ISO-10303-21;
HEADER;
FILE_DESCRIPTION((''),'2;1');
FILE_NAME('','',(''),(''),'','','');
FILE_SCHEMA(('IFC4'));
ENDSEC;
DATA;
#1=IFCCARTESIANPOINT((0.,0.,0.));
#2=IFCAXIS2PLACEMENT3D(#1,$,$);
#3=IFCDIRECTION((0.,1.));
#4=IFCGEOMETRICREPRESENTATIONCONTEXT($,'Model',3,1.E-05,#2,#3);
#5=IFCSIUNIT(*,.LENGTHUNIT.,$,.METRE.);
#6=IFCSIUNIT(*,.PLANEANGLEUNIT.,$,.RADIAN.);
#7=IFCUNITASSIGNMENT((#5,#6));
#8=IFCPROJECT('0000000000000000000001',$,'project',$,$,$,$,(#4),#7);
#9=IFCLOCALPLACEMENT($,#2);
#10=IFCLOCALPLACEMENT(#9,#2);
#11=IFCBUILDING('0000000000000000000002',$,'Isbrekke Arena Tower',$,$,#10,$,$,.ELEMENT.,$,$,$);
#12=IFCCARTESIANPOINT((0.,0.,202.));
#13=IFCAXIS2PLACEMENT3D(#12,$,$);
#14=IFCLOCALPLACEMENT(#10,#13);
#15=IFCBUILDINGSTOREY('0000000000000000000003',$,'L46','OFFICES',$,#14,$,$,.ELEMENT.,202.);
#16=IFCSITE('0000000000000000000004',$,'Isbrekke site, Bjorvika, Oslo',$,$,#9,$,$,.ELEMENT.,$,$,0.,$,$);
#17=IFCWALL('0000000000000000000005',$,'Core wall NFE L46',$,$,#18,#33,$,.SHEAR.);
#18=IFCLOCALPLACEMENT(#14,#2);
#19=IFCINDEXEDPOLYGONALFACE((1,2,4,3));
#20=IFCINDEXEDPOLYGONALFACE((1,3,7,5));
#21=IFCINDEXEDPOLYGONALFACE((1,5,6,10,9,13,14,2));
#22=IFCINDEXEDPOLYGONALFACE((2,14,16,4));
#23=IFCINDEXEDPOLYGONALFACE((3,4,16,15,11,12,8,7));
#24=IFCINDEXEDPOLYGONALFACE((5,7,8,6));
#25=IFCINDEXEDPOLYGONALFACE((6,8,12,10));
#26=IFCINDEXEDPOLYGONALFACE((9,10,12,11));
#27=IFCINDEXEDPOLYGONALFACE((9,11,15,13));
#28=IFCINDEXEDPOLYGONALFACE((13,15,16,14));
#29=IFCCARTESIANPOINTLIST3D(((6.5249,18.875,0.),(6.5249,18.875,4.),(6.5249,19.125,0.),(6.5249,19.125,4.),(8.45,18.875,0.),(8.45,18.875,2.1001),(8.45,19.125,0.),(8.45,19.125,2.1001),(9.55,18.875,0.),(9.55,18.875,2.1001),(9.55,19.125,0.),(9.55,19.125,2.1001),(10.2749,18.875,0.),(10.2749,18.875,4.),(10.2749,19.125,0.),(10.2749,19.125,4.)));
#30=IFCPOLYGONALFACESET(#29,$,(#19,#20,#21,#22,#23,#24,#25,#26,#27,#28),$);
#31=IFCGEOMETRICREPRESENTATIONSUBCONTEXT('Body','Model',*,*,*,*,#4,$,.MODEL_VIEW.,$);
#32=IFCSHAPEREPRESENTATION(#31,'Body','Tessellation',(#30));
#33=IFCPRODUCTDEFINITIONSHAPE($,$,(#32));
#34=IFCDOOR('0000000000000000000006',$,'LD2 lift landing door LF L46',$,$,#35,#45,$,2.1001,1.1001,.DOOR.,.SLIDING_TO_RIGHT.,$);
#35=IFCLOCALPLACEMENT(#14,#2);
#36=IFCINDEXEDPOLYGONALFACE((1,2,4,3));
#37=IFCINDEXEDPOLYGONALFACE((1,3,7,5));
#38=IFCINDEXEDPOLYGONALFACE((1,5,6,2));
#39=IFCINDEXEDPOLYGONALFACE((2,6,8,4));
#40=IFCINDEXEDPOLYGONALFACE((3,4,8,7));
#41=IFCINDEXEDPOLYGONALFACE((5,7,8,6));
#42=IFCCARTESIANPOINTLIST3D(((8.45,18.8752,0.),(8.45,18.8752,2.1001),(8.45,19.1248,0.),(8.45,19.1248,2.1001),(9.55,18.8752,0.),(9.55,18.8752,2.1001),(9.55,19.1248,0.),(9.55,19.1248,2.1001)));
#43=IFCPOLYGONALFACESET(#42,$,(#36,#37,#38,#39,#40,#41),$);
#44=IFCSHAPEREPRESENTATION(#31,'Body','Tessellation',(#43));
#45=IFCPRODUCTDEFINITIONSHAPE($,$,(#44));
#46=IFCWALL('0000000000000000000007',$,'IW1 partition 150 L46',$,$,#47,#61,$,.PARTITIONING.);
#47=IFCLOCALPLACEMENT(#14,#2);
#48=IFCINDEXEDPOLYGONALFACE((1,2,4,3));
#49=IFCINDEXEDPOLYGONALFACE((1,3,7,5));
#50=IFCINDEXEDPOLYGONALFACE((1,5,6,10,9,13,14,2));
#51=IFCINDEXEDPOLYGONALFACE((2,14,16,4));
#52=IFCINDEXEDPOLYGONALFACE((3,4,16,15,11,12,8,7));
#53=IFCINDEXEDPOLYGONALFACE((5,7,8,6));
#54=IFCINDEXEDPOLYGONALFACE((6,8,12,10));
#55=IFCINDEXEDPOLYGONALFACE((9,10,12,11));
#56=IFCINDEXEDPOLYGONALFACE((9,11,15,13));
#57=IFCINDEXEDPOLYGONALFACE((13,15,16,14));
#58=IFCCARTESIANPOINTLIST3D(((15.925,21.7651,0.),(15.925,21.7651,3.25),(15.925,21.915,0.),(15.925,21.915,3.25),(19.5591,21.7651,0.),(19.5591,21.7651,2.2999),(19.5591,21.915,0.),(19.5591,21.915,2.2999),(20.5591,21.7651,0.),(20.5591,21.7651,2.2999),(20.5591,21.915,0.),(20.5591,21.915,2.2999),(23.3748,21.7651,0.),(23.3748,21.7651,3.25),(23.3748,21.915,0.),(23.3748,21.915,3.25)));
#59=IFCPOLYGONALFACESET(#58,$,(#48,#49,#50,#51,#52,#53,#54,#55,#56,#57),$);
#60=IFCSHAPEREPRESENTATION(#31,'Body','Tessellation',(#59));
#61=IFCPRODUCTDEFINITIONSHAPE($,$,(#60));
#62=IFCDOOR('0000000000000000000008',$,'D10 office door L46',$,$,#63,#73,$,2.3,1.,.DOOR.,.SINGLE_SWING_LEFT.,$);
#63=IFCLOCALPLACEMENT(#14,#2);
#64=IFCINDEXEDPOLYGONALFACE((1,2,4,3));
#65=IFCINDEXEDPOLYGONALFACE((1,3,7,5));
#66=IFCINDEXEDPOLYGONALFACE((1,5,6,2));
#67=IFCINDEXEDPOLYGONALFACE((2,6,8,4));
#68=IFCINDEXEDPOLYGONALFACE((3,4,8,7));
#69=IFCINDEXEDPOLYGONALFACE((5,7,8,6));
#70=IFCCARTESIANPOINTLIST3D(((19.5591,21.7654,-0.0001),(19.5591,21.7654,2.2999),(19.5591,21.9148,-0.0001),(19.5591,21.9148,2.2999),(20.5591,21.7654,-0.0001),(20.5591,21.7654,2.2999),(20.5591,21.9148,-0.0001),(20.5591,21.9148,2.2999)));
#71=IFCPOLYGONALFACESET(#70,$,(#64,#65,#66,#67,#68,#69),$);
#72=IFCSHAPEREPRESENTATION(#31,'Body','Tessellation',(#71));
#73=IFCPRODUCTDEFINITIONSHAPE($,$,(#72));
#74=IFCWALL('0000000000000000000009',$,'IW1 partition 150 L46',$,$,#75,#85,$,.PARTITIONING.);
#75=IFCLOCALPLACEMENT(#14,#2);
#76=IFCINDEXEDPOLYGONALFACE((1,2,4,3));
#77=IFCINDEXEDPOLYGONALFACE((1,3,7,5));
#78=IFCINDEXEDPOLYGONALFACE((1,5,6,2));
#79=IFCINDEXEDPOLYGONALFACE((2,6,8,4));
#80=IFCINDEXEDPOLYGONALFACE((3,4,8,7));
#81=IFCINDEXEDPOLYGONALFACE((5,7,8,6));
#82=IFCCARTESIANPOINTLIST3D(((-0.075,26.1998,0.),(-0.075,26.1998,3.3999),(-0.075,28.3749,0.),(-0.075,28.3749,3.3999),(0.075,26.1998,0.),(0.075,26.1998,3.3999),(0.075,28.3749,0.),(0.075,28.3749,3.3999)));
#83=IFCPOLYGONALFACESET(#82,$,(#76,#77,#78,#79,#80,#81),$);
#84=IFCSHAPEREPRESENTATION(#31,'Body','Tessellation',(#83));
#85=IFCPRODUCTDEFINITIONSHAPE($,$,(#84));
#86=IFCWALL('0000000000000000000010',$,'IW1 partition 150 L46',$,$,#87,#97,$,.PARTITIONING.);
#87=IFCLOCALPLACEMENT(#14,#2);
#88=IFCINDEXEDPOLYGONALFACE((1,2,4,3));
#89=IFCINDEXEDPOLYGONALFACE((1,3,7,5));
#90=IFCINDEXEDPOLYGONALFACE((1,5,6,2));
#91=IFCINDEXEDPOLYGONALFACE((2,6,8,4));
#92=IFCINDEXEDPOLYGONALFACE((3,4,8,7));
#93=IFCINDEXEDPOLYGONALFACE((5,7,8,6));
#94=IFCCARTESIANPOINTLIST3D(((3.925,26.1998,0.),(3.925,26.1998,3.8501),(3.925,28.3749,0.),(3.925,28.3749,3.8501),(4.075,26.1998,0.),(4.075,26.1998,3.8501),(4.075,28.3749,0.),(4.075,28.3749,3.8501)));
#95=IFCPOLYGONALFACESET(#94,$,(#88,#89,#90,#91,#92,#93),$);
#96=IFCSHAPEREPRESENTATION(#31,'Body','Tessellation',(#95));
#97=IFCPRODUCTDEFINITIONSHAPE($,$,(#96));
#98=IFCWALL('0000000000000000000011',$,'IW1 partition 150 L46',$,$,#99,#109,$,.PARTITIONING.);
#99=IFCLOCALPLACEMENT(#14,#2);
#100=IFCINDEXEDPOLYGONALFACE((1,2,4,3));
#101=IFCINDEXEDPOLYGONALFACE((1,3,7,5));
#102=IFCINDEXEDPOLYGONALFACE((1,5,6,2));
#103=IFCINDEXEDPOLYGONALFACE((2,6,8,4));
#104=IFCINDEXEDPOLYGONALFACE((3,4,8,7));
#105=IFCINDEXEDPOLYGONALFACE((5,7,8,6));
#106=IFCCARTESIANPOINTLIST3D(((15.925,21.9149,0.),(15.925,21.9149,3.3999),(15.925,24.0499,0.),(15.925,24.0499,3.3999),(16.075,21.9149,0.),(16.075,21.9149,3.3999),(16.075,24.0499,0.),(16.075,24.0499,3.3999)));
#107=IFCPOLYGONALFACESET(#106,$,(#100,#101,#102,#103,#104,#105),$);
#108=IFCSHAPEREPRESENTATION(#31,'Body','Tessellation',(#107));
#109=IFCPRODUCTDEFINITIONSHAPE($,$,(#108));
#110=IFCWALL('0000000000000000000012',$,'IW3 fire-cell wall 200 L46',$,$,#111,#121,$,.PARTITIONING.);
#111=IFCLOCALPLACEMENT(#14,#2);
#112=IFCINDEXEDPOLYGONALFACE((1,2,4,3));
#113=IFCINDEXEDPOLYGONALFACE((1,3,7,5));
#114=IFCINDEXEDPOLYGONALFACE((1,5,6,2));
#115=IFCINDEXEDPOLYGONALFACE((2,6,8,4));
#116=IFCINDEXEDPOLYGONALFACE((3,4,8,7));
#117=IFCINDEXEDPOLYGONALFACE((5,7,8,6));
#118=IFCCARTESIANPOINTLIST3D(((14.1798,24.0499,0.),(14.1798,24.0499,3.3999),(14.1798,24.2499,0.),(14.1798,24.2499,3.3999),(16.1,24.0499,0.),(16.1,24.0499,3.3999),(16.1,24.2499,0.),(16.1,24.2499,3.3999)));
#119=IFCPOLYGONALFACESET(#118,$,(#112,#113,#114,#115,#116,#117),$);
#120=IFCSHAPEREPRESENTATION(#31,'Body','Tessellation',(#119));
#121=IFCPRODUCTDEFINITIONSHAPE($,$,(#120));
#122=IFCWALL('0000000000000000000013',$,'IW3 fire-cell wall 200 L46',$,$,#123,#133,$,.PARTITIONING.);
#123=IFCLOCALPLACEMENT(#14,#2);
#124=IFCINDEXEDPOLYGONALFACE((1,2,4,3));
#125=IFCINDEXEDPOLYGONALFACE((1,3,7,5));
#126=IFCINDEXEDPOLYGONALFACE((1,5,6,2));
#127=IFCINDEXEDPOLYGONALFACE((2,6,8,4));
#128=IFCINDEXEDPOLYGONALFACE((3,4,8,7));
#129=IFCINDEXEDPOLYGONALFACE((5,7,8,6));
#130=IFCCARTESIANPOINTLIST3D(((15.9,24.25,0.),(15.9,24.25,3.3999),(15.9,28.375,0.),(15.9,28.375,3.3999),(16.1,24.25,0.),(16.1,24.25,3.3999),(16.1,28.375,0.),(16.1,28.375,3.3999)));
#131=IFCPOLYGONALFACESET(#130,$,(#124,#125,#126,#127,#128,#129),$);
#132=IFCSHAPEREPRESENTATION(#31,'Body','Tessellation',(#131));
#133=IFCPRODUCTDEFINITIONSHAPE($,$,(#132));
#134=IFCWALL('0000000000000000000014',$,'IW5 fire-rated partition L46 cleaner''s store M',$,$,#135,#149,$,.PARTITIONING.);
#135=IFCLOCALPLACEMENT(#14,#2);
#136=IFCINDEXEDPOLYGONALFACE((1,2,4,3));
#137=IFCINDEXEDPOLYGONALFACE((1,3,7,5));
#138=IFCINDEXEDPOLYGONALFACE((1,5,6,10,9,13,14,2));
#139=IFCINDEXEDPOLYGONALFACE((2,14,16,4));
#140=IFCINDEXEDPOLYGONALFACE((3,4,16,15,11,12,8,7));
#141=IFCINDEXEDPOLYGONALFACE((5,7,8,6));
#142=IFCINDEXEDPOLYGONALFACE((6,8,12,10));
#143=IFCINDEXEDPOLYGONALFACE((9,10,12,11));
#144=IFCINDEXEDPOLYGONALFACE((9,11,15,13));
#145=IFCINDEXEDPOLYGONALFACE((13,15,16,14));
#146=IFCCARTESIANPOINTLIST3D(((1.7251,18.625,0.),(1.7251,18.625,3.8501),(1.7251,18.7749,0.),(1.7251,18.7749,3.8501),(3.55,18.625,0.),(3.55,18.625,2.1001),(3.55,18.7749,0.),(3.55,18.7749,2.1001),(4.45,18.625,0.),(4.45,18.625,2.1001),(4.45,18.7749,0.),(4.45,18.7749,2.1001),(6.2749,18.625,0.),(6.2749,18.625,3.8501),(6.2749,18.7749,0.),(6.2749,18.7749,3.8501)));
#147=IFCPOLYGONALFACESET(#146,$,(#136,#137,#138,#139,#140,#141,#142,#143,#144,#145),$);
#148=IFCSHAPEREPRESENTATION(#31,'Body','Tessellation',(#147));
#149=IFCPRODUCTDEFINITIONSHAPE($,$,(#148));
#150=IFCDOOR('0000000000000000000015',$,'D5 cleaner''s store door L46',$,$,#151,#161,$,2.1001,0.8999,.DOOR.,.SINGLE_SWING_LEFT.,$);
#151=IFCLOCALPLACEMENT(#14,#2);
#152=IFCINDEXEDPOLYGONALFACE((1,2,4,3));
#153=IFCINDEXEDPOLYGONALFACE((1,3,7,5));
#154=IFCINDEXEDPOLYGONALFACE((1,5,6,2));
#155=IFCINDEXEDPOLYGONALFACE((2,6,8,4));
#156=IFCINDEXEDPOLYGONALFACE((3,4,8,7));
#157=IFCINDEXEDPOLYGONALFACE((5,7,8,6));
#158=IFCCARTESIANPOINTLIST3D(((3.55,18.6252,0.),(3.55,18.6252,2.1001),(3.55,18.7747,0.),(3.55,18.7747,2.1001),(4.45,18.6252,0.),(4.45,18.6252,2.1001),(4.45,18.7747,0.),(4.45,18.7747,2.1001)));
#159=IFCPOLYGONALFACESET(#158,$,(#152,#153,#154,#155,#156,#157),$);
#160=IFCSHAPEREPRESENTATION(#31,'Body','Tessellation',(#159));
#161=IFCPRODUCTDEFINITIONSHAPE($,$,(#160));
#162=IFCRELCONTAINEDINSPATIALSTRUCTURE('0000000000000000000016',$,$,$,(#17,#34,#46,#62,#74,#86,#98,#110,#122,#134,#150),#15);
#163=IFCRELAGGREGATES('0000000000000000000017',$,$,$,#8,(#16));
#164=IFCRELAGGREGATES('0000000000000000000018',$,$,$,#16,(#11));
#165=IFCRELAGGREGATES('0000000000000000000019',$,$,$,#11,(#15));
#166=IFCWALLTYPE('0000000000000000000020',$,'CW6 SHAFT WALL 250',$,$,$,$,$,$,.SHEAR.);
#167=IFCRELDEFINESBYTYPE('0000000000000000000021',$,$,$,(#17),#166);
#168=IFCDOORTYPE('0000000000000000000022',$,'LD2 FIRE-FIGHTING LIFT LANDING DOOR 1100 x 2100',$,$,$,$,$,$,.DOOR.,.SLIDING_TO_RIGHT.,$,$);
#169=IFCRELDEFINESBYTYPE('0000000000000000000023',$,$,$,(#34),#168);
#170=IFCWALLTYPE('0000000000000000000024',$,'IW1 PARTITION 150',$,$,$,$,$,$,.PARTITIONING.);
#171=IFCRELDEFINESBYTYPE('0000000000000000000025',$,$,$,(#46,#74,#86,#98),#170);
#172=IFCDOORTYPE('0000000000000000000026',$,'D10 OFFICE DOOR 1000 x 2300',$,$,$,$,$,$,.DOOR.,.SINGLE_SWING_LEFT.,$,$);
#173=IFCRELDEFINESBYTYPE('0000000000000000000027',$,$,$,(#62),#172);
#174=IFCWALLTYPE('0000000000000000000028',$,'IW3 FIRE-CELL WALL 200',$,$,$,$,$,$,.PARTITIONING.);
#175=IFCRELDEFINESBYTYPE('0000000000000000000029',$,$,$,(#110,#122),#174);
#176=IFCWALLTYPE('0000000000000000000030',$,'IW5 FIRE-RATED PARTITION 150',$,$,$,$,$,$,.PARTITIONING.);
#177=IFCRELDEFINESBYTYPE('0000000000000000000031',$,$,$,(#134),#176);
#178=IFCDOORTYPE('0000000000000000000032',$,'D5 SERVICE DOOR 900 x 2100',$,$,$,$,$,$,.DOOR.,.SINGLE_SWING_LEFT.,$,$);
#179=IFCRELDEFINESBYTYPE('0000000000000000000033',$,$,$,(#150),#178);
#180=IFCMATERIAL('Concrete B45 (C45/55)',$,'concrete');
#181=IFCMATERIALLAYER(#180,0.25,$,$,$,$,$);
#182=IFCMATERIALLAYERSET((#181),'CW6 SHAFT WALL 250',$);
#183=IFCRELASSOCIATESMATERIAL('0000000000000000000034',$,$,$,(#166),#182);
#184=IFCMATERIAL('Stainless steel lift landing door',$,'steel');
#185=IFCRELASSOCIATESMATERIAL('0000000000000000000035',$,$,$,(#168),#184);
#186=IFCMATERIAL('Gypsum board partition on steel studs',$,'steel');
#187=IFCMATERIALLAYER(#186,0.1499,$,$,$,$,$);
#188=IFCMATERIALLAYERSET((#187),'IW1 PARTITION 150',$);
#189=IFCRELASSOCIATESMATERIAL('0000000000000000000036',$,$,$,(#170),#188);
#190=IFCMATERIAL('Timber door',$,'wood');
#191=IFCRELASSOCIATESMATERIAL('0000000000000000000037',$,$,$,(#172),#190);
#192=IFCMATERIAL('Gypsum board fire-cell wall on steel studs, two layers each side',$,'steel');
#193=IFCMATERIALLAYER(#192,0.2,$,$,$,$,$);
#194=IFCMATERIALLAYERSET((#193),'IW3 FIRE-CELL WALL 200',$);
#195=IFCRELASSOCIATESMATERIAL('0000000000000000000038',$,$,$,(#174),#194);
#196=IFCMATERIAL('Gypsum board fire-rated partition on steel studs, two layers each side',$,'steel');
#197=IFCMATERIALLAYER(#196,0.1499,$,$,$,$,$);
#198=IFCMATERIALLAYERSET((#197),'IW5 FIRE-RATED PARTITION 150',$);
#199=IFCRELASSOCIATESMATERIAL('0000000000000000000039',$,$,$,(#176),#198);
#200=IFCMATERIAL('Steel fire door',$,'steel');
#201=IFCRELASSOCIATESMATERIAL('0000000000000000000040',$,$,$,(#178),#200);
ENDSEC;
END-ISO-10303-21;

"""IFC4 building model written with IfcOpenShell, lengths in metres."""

from ifc_helpers import new_model, si_unit, direction, frame, frame_2d, origin, place, context, subcontext, project, spatial, rectangle, extrude, material, layer, layer_set, type_object, element, fill, save


model = new_model("IFC4")

# Units and contexts
model_context = context("Model", 3, precision=1e-05, world=origin(), true_north=direction((0.0, 1.0)))
body_context = subcontext(model_context, "Body", "Model", "MODEL_VIEW")
ifc_project = project(units=[si_unit("LENGTHUNIT", "METRE"), si_unit("PLANEANGLEUNIT", "RADIAN")], contexts=[model_context])

# Site, building, storey
site_placement = place(None, origin())
site = spatial("IfcSite", under=ifc_project, at=site_placement, Name="Isbrekke site, Bjorvika, Oslo", CompositionType="ELEMENT", RefElevation=0.0)
building_placement = place(site_placement, origin())
building = spatial("IfcBuilding", under=site, at=building_placement, Name="Isbrekke Arena Tower", CompositionType="ELEMENT")
storey_placement = place(building_placement, frame((0.0, 0.0, 202.0)))
storey = spatial("IfcBuildingStorey", under=building, at=storey_placement, Name="L46", Description="OFFICES", CompositionType="ELEMENT", Elevation=202.0)

# Walls, openings, doors
ifc_material_1 = material(Name="Concrete B45 (C45/55)", Category="concrete")
ifc_layer_1 = layer(ifc_material_1, 0.25)
ifc_layer_set_1 = layer_set([ifc_layer_1], Name="CW6 SHAFT WALL 250")
wall_type_1 = type_object("IfcWallType", Name="CW6 SHAFT WALL 250", PredefinedType="SHEAR", material=ifc_layer_set_1)
wall_1_placement = place(storey_placement, frame((6.5249, 19.0, 0.0), z_axis=(0.0, 0.0, 1.0), x_axis=(1.0, 0.0, 0.0)))
wall_1 = element("IfcWall", 1, at=wall_1_placement, inside=storey, type_object=wall_type_1, Name="Core wall NFE L46", PredefinedType="SHEAR", context=body_context, shape_type="SweptSolid", body=[
    extrude(rectangle(XDim=3.75, YDim=0.25, at=frame_2d((1.875, 0.0))), origin(), (0.0, 0.0, 1.0), 4.0),
])
opening_1_placement = place(wall_1_placement, frame((1.925, 0.0, 0.0)))
opening_1 = element("IfcOpeningElement", 2, at=opening_1_placement, cuts=wall_1, PredefinedType="OPENING", context=body_context, shape_type="SweptSolid", body=[
    extrude(rectangle(XDim=1.1001, YDim=2.1001, at=frame_2d((0.55, 1.05))), frame((0.0, 0.1399, 0.0), z_axis=(0.0, -1.0, 0.0), x_axis=(1.0, 0.0, 0.0)), (0.0, 0.0, 1.0), 0.2798),
])
ifc_material_2 = material(Name="Stainless steel lift landing door", Category="steel")
door_type_1 = type_object("IfcDoorType", Name="LD2 FIRE-FIGHTING LIFT LANDING DOOR 1100 x 2100", OperationType="SLIDING_TO_RIGHT", PredefinedType="DOOR", material=ifc_material_2)
door_1_placement = place(opening_1_placement, origin())
door_1 = element("IfcDoor", 3, at=door_1_placement, inside=storey, type_object=door_type_1, Name="LD2 lift landing door LF L46", OperationType="SLIDING_TO_RIGHT", OverallHeight=2.1001, OverallWidth=1.1001, PredefinedType="DOOR", context=body_context, shape_type="SweptSolid", body=[
    extrude(rectangle(XDim=1.1001, YDim=2.1001, at=frame_2d((0.55, 1.05))), frame((0.0, 0.1248, 0.0), z_axis=(0.0, -1.0, 0.0), x_axis=(1.0, 0.0, 0.0)), (0.0, 0.0, 1.0), 0.2495),
])
fill(opening_1, door_1)
ifc_material_3 = material(Name="Gypsum board partition on steel studs", Category="steel")
ifc_layer_2 = layer(ifc_material_3, 0.1499)
ifc_layer_set_2 = layer_set([ifc_layer_2], Name="IW1 PARTITION 150")
wall_type_2 = type_object("IfcWallType", Name="IW1 PARTITION 150", PredefinedType="PARTITIONING", material=ifc_layer_set_2)
wall_2_placement = place(storey_placement, frame((15.925, 21.8401, 0.0), z_axis=(0.0, 0.0, 1.0), x_axis=(1.0, 0.0, 0.0)))
wall_2 = element("IfcWall", 4, at=wall_2_placement, inside=storey, type_object=wall_type_2, Name="IW1 partition 150 L46", PredefinedType="PARTITIONING", context=body_context, shape_type="SweptSolid", body=[
    extrude(rectangle(XDim=7.4497, YDim=0.1499, at=frame_2d((3.7249, 0.0))), origin(), (0.0, 0.0, 1.0), 3.25),
])
opening_2_placement = place(wall_2_placement, frame((3.634, 0.0, 0.0)))
opening_2 = element("IfcOpeningElement", 5, at=opening_2_placement, cuts=wall_2, PredefinedType="OPENING", context=body_context, shape_type="SweptSolid", body=[
    extrude(rectangle(XDim=1.0, YDim=2.3, at=frame_2d((0.5, 1.1499))), frame((0.0, 0.0898, 0.0), z_axis=(0.0, -1.0, 0.0), x_axis=(1.0, 0.0, 0.0)), (0.0, 0.0, 1.0), 0.1797),
])
ifc_material_4 = material(Name="Timber door", Category="wood")
door_type_2 = type_object("IfcDoorType", Name="D10 OFFICE DOOR 1000 x 2300", OperationType="SINGLE_SWING_LEFT", PredefinedType="DOOR", material=ifc_material_4)
door_2_placement = place(opening_2_placement, origin())
door_2 = element("IfcDoor", 6, at=door_2_placement, inside=storey, type_object=door_type_2, Name="D10 office door L46", OperationType="SINGLE_SWING_LEFT", OverallHeight=2.3, OverallWidth=1.0, PredefinedType="DOOR", context=body_context, shape_type="SweptSolid", body=[
    extrude(rectangle(XDim=1.0, YDim=2.3, at=frame_2d((0.5, 1.1499))), frame((0.0, 0.0747, 0.0), z_axis=(0.0, -1.0, 0.0), x_axis=(1.0, 0.0, 0.0)), (0.0, 0.0, 1.0), 0.1494),
])
fill(opening_2, door_2)

# Walls
wall_3_placement = place(storey_placement, frame((0.0, 26.2, 0.0), z_axis=(0.0, 0.0, 1.0), x_axis=(0.0, 1.0, 0.0)))
element("IfcWall", 7, at=wall_3_placement, inside=storey, type_object=wall_type_2, Name="IW1 partition 150 L46", PredefinedType="PARTITIONING", context=body_context, shape_type="SweptSolid", body=[
    extrude(rectangle(XDim=2.175, YDim=0.1499, at=frame_2d((1.0874, 0.0))), origin(), (0.0, 0.0, 1.0), 3.3999),
])
wall_4_placement = place(storey_placement, frame((4.0, 26.2, 0.0), z_axis=(0.0, 0.0, 1.0), x_axis=(0.0, 1.0, 0.0)))
element("IfcWall", 8, at=wall_4_placement, inside=storey, type_object=wall_type_2, Name="IW1 partition 150 L46", PredefinedType="PARTITIONING", context=body_context, shape_type="SweptSolid", body=[
    extrude(rectangle(XDim=2.175, YDim=0.1499, at=frame_2d((1.0874, 0.0))), origin(), (0.0, 0.0, 1.0), 3.8501),
])
wall_5_placement = place(storey_placement, frame((16.0, 21.915, 0.0), z_axis=(0.0, 0.0, 1.0), x_axis=(0.0, 1.0, 0.0)))
element("IfcWall", 9, at=wall_5_placement, inside=storey, type_object=wall_type_2, Name="IW1 partition 150 L46", PredefinedType="PARTITIONING", context=body_context, shape_type="SweptSolid", body=[
    extrude(rectangle(XDim=2.135, YDim=0.1499, at=frame_2d((1.0674, 0.0))), origin(), (0.0, 0.0, 1.0), 3.3999),
])
ifc_material_5 = material(Name="Gypsum board fire-cell wall on steel studs, two layers each side", Category="steel")
ifc_layer_3 = layer(ifc_material_5, 0.2)
ifc_layer_set_3 = layer_set([ifc_layer_3], Name="IW3 FIRE-CELL WALL 200")
wall_type_3 = type_object("IfcWallType", Name="IW3 FIRE-CELL WALL 200", PredefinedType="PARTITIONING", material=ifc_layer_set_3)
wall_6_placement = place(storey_placement, frame((14.1799, 24.1499, 0.0), z_axis=(0.0, 0.0, 1.0), x_axis=(1.0, 0.0, 0.0)))
element("IfcWall", 10, at=wall_6_placement, inside=storey, type_object=wall_type_3, Name="IW3 fire-cell wall 200 L46", PredefinedType="PARTITIONING", context=body_context, shape_type="SweptSolid", body=[
    extrude(rectangle(XDim=1.9202, YDim=0.2, at=frame_2d((0.96, 0.0))), origin(), (0.0, 0.0, 1.0), 3.3999),
])
wall_7_placement = place(storey_placement, frame((16.0, 24.25, 0.0), z_axis=(0.0, 0.0, 1.0), x_axis=(0.0, 1.0, 0.0)))
element("IfcWall", 11, at=wall_7_placement, inside=storey, type_object=wall_type_3, Name="IW3 fire-cell wall 200 L46", PredefinedType="PARTITIONING", context=body_context, shape_type="SweptSolid", body=[
    extrude(rectangle(XDim=4.125, YDim=0.2, at=frame_2d((2.0625, 0.0))), origin(), (0.0, 0.0, 1.0), 3.3999),
])

# Wall, opening, door
ifc_material_6 = material(Name="Gypsum board fire-rated partition on steel studs, two layers each side", Category="steel")
ifc_layer_4 = layer(ifc_material_6, 0.1499)
ifc_layer_set_4 = layer_set([ifc_layer_4], Name="IW5 FIRE-RATED PARTITION 150")
wall_type_4 = type_object("IfcWallType", Name="IW5 FIRE-RATED PARTITION 150", PredefinedType="PARTITIONING", material=ifc_layer_set_4)
wall_8_placement = place(storey_placement, frame((1.7251, 18.7, 0.0), z_axis=(0.0, 0.0, 1.0), x_axis=(1.0, 0.0, 0.0)))
wall_8 = element("IfcWall", 12, at=wall_8_placement, inside=storey, type_object=wall_type_4, Name="IW5 fire-rated partition L46 cleaner's store M", PredefinedType="PARTITIONING", context=body_context, shape_type="SweptSolid", body=[
    extrude(rectangle(XDim=4.5498, YDim=0.1499, at=frame_2d((2.2749, 0.0))), origin(), (0.0, 0.0, 1.0), 3.8501),
])
opening_3_placement = place(wall_8_placement, frame((1.825, 0.0, 0.0)))
opening_3 = element("IfcOpeningElement", 13, at=opening_3_placement, cuts=wall_8, PredefinedType="OPENING", context=body_context, shape_type="SweptSolid", body=[
    extrude(rectangle(XDim=0.8999, YDim=2.1001, at=frame_2d((0.45, 1.05))), frame((0.0, 0.0898, 0.0), z_axis=(0.0, -1.0, 0.0), x_axis=(1.0, 0.0, 0.0)), (0.0, 0.0, 1.0), 0.1797),
])
ifc_material_7 = material(Name="Steel fire door", Category="steel")
door_type_3 = type_object("IfcDoorType", Name="D5 SERVICE DOOR 900 x 2100", OperationType="SINGLE_SWING_LEFT", PredefinedType="DOOR", material=ifc_material_7)
door_3_placement = place(opening_3_placement, origin())
door_3 = element("IfcDoor", 14, at=door_3_placement, inside=storey, type_object=door_type_3, Name="D5 cleaner's store door L46", OperationType="SINGLE_SWING_LEFT", OverallHeight=2.1001, OverallWidth=0.8999, PredefinedType="DOOR", context=body_context, shape_type="SweptSolid", body=[
    extrude(rectangle(XDim=0.8999, YDim=2.1001, at=frame_2d((0.45, 1.05))), frame((0.0, 0.0747, 0.0), z_axis=(0.0, -1.0, 0.0), x_axis=(1.0, 0.0, 0.0)), (0.0, 0.0, 1.0), 0.1494),
])
fill(opening_3, door_3)

save(model, "model.ifc")
